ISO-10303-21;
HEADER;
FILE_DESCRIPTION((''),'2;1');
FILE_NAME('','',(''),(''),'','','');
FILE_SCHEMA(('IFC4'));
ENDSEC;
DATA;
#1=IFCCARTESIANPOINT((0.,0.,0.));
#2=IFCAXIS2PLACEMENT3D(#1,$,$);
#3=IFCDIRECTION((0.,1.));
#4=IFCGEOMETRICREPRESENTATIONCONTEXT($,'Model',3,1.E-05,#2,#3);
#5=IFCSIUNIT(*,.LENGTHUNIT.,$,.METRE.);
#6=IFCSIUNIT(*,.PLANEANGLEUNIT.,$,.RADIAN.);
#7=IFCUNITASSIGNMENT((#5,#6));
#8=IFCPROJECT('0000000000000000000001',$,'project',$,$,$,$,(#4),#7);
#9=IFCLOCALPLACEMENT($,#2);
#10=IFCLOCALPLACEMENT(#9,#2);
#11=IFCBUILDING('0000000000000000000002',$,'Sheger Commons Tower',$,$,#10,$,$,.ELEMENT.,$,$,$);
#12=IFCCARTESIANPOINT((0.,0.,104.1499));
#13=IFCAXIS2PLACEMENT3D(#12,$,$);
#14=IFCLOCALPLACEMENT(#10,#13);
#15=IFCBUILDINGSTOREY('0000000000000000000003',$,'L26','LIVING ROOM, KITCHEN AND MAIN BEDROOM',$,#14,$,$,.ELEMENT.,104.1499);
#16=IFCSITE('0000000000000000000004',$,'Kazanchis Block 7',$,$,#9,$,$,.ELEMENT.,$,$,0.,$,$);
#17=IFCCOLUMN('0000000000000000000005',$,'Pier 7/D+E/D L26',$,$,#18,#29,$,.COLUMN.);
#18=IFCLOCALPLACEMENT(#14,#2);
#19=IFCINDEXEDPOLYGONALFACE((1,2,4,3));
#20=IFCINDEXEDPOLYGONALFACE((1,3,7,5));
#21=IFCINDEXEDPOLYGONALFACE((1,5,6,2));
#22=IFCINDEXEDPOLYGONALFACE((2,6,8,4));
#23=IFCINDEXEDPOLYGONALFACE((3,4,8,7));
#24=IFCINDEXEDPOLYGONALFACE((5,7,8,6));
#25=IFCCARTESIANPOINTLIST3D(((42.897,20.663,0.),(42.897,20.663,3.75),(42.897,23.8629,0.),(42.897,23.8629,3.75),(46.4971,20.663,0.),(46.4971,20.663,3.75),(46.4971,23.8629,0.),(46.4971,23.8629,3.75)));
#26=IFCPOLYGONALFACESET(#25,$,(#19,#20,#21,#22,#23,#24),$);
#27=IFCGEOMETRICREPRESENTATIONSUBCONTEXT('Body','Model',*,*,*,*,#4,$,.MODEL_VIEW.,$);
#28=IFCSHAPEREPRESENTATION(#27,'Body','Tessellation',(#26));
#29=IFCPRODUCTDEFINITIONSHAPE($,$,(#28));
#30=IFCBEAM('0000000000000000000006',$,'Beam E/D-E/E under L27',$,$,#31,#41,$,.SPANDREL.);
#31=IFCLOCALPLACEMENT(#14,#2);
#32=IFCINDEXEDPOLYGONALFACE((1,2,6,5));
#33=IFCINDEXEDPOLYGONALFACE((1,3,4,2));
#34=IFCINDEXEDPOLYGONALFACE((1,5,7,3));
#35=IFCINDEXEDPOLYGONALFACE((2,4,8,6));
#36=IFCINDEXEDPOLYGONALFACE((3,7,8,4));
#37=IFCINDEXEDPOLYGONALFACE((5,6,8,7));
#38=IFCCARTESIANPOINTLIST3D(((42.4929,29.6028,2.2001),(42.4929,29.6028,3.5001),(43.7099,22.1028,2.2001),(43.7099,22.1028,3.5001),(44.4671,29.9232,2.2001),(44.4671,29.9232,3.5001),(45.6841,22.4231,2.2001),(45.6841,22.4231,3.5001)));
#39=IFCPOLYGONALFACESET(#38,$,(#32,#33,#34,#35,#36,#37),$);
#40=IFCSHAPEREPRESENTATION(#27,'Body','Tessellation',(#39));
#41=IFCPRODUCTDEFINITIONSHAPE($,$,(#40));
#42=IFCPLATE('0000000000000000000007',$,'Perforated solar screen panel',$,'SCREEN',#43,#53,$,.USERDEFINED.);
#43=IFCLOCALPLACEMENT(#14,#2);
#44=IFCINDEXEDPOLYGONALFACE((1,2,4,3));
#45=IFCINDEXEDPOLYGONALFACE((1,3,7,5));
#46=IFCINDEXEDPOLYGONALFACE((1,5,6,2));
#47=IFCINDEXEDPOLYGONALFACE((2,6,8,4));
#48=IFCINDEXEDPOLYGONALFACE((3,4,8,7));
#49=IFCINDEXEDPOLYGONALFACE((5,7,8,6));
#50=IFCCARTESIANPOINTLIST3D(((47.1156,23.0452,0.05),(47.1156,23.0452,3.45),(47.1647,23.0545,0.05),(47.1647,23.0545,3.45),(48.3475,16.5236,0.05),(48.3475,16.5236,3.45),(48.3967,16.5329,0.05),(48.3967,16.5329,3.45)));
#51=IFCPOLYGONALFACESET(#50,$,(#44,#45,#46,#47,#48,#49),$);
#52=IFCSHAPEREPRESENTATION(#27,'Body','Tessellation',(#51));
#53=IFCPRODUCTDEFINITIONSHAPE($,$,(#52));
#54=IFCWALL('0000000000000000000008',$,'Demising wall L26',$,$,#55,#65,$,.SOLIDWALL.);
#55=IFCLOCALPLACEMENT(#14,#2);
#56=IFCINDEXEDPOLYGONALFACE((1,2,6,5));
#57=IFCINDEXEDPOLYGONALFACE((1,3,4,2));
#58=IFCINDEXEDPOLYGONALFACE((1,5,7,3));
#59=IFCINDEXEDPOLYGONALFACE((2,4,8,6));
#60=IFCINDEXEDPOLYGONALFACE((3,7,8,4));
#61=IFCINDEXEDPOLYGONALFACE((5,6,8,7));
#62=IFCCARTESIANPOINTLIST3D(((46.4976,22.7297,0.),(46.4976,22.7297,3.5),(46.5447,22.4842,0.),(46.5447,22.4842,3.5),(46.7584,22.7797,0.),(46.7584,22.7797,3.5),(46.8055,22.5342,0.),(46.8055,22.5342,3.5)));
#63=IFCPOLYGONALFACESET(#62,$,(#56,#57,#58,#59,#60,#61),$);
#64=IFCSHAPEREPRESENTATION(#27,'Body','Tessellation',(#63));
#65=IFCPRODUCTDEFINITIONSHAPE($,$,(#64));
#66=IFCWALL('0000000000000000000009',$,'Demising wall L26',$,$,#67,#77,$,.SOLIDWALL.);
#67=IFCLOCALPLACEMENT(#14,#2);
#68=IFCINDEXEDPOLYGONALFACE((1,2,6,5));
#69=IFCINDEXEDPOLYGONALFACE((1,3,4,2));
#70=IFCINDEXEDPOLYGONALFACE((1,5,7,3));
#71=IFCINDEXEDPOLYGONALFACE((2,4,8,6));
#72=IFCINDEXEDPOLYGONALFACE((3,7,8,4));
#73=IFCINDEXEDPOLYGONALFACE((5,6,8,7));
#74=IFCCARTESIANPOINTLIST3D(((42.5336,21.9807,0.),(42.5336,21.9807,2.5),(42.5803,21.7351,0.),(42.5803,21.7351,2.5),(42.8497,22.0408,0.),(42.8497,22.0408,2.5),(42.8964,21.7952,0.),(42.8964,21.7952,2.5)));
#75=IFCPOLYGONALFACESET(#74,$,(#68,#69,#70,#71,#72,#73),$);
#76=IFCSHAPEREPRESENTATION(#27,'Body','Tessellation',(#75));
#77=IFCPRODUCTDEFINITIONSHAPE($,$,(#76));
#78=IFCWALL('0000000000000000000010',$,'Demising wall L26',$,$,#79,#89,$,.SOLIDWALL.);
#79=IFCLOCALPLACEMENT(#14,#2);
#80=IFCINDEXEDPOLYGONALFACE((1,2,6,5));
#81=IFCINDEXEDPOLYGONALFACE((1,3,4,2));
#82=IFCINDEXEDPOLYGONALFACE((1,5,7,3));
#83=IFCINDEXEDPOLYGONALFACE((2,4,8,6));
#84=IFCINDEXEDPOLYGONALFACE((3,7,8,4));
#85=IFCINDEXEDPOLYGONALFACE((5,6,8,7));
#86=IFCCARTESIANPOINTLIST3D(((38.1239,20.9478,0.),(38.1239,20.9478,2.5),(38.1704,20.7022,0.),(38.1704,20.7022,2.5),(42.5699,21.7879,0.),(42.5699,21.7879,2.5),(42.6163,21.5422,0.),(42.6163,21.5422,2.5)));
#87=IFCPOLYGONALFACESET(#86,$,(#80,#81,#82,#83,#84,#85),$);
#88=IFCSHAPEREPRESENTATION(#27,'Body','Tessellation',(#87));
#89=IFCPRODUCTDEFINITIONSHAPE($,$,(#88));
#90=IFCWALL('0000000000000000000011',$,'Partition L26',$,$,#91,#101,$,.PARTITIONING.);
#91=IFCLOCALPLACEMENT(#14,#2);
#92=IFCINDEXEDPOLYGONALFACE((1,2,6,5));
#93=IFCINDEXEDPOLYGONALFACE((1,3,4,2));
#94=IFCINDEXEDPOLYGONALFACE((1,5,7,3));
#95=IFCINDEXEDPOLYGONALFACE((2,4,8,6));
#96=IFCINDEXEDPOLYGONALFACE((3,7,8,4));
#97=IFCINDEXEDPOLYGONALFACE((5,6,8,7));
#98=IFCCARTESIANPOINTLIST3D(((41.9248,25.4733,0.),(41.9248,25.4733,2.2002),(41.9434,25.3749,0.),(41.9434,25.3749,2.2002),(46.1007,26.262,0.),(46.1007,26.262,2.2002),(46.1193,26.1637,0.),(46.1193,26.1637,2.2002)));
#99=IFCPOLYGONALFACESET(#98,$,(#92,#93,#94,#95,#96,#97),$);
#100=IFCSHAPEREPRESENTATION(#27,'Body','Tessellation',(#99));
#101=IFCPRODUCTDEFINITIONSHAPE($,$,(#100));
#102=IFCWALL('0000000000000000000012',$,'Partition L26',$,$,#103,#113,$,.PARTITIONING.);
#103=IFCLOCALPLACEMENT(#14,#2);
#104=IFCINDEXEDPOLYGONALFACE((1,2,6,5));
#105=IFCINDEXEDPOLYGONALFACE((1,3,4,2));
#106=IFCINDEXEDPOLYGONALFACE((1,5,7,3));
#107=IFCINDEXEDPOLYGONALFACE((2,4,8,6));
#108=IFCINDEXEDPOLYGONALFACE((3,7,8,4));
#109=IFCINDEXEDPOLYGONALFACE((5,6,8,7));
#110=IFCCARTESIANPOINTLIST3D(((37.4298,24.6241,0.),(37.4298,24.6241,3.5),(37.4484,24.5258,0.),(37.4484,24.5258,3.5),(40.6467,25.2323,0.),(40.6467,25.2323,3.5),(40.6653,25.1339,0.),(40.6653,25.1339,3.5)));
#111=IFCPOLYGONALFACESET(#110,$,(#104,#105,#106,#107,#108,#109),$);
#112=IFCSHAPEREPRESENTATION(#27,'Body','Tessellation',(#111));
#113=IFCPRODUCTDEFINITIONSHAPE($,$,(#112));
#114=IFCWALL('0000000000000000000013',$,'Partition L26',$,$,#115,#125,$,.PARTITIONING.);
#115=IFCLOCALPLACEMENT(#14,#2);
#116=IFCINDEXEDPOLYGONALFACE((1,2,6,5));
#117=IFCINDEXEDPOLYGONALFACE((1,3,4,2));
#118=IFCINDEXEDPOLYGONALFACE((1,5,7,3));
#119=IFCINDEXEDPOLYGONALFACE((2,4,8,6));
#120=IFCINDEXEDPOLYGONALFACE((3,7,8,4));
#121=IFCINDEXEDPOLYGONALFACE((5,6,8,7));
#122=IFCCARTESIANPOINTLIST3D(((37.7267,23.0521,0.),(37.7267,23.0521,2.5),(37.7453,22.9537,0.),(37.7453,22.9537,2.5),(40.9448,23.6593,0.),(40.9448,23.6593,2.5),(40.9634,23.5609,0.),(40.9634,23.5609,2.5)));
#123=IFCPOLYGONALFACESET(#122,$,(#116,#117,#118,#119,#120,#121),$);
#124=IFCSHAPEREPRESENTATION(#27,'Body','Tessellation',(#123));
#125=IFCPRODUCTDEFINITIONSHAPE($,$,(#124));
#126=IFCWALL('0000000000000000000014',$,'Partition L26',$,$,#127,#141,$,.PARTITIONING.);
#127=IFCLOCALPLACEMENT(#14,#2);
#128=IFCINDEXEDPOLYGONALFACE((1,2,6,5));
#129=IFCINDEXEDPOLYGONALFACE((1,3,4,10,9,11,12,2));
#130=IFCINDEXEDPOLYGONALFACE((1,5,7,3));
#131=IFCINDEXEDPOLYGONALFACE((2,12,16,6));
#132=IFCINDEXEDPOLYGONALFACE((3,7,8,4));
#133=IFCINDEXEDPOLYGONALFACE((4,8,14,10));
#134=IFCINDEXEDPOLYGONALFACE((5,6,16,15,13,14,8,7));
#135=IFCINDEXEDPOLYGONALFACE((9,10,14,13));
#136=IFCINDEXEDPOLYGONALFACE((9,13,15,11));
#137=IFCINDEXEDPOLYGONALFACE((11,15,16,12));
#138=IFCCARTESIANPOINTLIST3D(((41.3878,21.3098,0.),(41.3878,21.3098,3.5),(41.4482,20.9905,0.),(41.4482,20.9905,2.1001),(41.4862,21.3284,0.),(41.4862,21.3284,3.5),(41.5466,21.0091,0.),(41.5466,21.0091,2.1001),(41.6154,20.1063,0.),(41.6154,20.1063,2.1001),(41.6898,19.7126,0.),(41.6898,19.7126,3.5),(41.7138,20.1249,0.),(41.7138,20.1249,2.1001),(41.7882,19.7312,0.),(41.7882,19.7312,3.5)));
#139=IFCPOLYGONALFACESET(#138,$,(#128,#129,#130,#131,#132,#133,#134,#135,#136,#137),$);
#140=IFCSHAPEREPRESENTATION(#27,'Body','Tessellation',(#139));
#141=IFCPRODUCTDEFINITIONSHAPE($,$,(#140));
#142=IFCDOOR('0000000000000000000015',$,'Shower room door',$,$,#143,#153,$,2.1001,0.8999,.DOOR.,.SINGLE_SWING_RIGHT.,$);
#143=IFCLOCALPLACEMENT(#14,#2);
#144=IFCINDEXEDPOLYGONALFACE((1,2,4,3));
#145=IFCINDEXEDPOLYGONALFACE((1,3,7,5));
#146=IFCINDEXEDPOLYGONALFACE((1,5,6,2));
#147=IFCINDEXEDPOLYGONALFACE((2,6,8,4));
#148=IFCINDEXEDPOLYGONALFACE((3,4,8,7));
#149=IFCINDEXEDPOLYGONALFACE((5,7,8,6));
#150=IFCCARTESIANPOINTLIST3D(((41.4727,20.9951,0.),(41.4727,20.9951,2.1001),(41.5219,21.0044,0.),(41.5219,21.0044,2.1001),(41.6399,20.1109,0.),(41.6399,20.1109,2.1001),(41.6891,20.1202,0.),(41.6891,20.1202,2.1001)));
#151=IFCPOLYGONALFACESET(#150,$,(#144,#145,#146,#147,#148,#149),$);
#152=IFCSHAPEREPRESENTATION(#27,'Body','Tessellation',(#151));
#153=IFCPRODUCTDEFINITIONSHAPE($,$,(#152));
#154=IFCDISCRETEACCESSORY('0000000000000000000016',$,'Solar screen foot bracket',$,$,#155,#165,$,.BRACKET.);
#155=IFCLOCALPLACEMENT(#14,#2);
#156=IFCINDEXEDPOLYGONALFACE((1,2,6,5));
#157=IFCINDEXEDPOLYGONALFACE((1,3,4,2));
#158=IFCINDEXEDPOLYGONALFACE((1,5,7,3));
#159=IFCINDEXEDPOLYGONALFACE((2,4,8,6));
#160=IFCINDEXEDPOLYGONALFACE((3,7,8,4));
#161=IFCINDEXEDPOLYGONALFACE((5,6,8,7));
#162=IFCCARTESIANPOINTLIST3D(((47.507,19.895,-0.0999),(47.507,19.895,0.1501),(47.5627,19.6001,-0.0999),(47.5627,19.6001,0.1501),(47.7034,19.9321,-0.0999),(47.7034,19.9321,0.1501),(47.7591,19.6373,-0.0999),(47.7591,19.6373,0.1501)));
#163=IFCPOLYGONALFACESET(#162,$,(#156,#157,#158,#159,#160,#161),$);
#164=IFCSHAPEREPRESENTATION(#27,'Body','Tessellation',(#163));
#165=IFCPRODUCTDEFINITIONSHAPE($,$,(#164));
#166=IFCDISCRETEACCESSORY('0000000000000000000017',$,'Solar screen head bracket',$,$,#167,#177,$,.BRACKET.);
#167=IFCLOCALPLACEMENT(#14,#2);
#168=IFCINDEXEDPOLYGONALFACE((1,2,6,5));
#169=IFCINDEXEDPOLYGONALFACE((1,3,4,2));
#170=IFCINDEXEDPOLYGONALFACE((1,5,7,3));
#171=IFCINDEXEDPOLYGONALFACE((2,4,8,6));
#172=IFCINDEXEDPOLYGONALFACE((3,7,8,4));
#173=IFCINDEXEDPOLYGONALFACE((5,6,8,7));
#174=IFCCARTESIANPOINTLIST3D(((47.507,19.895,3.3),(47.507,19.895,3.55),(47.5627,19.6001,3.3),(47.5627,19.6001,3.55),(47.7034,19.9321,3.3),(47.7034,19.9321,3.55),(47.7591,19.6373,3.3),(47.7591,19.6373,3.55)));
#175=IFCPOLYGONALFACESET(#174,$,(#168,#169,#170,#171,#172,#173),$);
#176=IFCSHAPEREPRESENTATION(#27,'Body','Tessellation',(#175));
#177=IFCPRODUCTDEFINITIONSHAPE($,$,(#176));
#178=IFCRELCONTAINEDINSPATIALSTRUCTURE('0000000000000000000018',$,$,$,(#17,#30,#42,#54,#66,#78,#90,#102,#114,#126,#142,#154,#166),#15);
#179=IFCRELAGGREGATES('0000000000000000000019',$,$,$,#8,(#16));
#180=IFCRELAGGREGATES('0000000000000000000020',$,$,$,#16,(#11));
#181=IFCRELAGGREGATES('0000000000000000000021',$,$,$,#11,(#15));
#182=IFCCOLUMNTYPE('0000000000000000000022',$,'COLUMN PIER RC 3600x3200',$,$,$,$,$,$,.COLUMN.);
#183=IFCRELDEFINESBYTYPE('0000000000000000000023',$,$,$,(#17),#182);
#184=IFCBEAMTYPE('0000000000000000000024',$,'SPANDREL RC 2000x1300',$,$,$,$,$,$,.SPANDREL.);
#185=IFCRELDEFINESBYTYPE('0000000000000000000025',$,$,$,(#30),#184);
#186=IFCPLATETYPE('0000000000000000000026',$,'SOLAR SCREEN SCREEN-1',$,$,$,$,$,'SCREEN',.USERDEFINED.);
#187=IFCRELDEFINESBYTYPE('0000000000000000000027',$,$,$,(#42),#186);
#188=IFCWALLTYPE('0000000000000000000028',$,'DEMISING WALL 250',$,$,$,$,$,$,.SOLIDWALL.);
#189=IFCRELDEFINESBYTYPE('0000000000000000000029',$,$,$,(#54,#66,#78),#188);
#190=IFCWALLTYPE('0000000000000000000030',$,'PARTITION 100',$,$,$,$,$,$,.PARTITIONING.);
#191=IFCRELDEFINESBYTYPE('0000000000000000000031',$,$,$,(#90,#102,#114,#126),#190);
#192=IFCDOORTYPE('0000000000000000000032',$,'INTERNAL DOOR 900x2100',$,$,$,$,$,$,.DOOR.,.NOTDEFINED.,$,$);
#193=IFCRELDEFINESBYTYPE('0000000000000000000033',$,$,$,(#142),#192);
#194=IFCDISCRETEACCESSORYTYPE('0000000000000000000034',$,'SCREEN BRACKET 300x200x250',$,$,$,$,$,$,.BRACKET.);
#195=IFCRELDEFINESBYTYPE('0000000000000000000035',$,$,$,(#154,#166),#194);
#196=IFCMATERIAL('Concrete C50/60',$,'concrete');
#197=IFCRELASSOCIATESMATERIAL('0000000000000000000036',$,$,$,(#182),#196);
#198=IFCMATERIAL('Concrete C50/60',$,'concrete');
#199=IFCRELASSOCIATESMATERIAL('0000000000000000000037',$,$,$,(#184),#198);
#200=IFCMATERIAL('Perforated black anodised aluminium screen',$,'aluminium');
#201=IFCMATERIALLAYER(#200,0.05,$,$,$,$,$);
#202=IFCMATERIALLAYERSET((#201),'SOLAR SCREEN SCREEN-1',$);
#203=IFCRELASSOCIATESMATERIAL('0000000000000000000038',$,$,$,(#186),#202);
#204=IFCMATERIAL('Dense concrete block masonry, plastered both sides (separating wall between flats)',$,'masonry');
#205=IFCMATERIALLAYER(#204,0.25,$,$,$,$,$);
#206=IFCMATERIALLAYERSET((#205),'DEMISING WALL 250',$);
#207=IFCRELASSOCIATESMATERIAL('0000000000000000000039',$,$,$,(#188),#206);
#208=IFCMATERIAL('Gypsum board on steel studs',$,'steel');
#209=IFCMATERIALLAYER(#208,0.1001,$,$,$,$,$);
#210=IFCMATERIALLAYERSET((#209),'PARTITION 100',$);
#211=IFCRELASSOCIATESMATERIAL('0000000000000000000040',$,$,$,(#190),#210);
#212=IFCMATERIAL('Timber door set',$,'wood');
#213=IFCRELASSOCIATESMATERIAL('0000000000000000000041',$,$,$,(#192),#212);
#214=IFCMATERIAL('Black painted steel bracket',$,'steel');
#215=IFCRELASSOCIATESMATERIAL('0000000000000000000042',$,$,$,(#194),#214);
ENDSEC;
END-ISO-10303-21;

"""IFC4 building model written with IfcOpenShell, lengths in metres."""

from ifc_helpers import new_model, si_unit, direction, frame, frame_2d, origin, origin_2d, place, context, subcontext, project, spatial, rectangle, extrude, material, layer, layer_set, material_profile, profile_set, type_object, element, fill, save


model = new_model("IFC4")

# Units and contexts
model_context = context("Model", 3, precision=1e-05, world=origin(), true_north=direction((0.0, 1.0)))
body_context = subcontext(model_context, "Body", "Model", "MODEL_VIEW")
ifc_project = project(units=[si_unit("LENGTHUNIT", "METRE"), si_unit("PLANEANGLEUNIT", "RADIAN")], contexts=[model_context])

# Site, building, storey
site_placement = place(None, origin())
site = spatial("IfcSite", under=ifc_project, at=site_placement, Name="Kazanchis Block 7", CompositionType="ELEMENT", RefElevation=0.0)
building_placement = place(site_placement, origin())
building = spatial("IfcBuilding", under=site, at=building_placement, Name="Sheger Commons Tower", CompositionType="ELEMENT")
storey_placement = place(building_placement, frame((0.0, 0.0, 104.1499)))
storey = spatial("IfcBuildingStorey", under=building, at=storey_placement, Name="L26", Description="LIVING ROOM, KITCHEN AND MAIN BEDROOM", CompositionType="ELEMENT", Elevation=104.1499)

# Column
ifc_material_1 = material(Name="Concrete C50/60", Category="concrete")
ifc_material_profile_1 = material_profile(ifc_material_1, rectangle(XDim=3.6001, YDim=3.2, at=origin_2d()), Name="RC 3600x3200")
ifc_profile_set_1 = profile_set([ifc_material_profile_1], Name="Concrete C50/60")
column_type = type_object("IfcColumnType", Name="COLUMN PIER RC 3600x3200", PredefinedType="COLUMN", material=ifc_profile_set_1)
column_placement = place(storey_placement, frame((44.697, 22.2629, 0.0), z_axis=(0.0, 0.0, 1.0), x_axis=(1.0, 0.0, 0.0)))
element("IfcColumn", 1, at=column_placement, inside=storey, type_object=column_type, Name="Pier 7/D+E/D L26", PredefinedType="COLUMN", context=body_context, shape_type="SweptSolid", body=[
    extrude(rectangle(XDim=3.6001, YDim=3.2, at=origin_2d()), origin(), (0.0, 0.0, 1.0), 3.75),
])

# Beam
ifc_material_2 = material(Name="Concrete C50/60", Category="concrete")
ifc_material_profile_2 = material_profile(ifc_material_2, rectangle(XDim=2.0, YDim=1.3, at=origin_2d()), Name="RC 2000x1300")
ifc_profile_set_2 = profile_set([ifc_material_profile_2], Name="Concrete C50/60")
beam_type = type_object("IfcBeamType", Name="SPANDREL RC 2000x1300", PredefinedType="SPANDREL", material=ifc_profile_set_2)
beam_placement = place(storey_placement, frame((44.697, 22.2629, 2.8501), z_axis=(-0.160177, 0.987088, 0.0), x_axis=(-0.987088, -0.160177, 0.0)))
element("IfcBeam", 2, at=beam_placement, inside=storey, type_object=beam_type, Name="Beam E/D-E/E under L27", PredefinedType="SPANDREL", context=body_context, shape_type="SweptSolid", body=[
    extrude(rectangle(XDim=2.0, YDim=1.3, at=origin_2d()), origin(), (0.0, 0.0, 1.0), 7.5981),
])

# Plate
ifc_material_3 = material(Name="Perforated black anodised aluminium screen", Category="aluminium")
ifc_layer_1 = layer(ifc_material_3, 0.05)
ifc_layer_set_1 = layer_set([ifc_layer_1], Name="SOLAR SCREEN SCREEN-1")
plate_type = type_object("IfcPlateType", Name="SOLAR SCREEN SCREEN-1", ElementType="SCREEN", PredefinedType="USERDEFINED", material=ifc_layer_set_1)
plate_placement = place(storey_placement, frame((47.7561, 19.7891, 0.05), z_axis=(0.0, 0.0, 1.0), x_axis=(-0.185615, 0.982623, 0.0)))
element("IfcPlate", 3, at=plate_placement, inside=storey, type_object=plate_type, Name="Perforated solar screen panel", ObjectType="SCREEN", PredefinedType="USERDEFINED", context=body_context, shape_type="SweptSolid", body=[
    extrude(rectangle(XDim=6.637, YDim=0.05, at=origin_2d()), origin(), (0.0, 0.0, 1.0), 3.3999),
])

# Walls
ifc_material_4 = material(Name="Dense concrete block masonry, plastered both sides (separating wall between flats)", Category="masonry")
ifc_layer_2 = layer(ifc_material_4, 0.25)
ifc_layer_set_2 = layer_set([ifc_layer_2], Name="DEMISING WALL 250")
wall_type_1 = type_object("IfcWallType", Name="DEMISING WALL 250", PredefinedType="SOLIDWALL", material=ifc_layer_set_2)
wall_1_placement = place(storey_placement, frame((46.782, 22.657, 0.0), z_axis=(0.0, 0.0, 1.0), x_axis=(-0.982105, -0.188336, 0.0)))
element("IfcWall", 4, at=wall_1_placement, inside=storey, type_object=wall_type_1, Name="Demising wall L26", PredefinedType="SOLIDWALL", context=body_context, shape_type="SweptSolid", body=[
    extrude(rectangle(XDim=0.2656, YDim=0.25, at=frame_2d((0.1328, 0.0))), origin(), (0.0, 0.0, 1.0), 3.5),
])
wall_2_placement = place(storey_placement, frame((42.873, 21.918, 0.0), z_axis=(0.0, 0.0, 1.0), x_axis=(-0.982431, -0.186624, 0.0)))
element("IfcWall", 5, at=wall_2_placement, inside=storey, type_object=wall_type_1, Name="Demising wall L26", PredefinedType="SOLIDWALL", context=body_context, shape_type="SweptSolid", body=[
    extrude(rectangle(XDim=0.3218, YDim=0.25, at=frame_2d((0.1609, 0.0))), origin(), (0.0, 0.0, 1.0), 2.5),
])
wall_3_placement = place(storey_placement, frame((42.593, 21.665, 0.0), z_axis=(0.0, 0.0, 1.0), x_axis=(-0.982613, -0.185666, 0.0)))
element("IfcWall", 6, at=wall_3_placement, inside=storey, type_object=wall_type_1, Name="Demising wall L26", PredefinedType="SOLIDWALL", context=body_context, shape_type="SweptSolid", body=[
    extrude(rectangle(XDim=4.5247, YDim=0.25, at=frame_2d((2.2622, 0.0))), origin(), (0.0, 0.0, 1.0), 2.5),
])
ifc_material_5 = material(Name="Gypsum board on steel studs", Category="steel")
ifc_layer_3 = layer(ifc_material_5, 0.1001)
ifc_layer_set_3 = layer_set([ifc_layer_3], Name="PARTITION 100")
wall_type_2 = type_object("IfcWallType", Name="PARTITION 100", PredefinedType="PARTITIONING", material=ifc_layer_set_3)
wall_4_placement = place(storey_placement, frame((46.1101, 26.2129, 0.0), z_axis=(0.0, 0.0, 1.0), x_axis=(-0.982624, -0.18561, 0.0)))
element("IfcWall", 7, at=wall_4_placement, inside=storey, type_object=wall_type_2, Name="Partition L26", PredefinedType="PARTITIONING", context=body_context, shape_type="SweptSolid", body=[
    extrude(rectangle(XDim=4.2498, YDim=0.1001, at=frame_2d((2.125, 0.0))), origin(), (0.0, 0.0, 1.0), 2.2002),
])
wall_5_placement = place(storey_placement, frame((40.656, 25.1831, 0.0), z_axis=(0.0, 0.0, 1.0), x_axis=(-0.982597, -0.185752, 0.0)))
element("IfcWall", 8, at=wall_5_placement, inside=storey, type_object=wall_type_2, Name="Partition L26", PredefinedType="PARTITIONING", context=body_context, shape_type="SweptSolid", body=[
    extrude(rectangle(XDim=3.2739, YDim=0.1001, at=frame_2d((1.637, 0.0))), origin(), (0.0, 0.0, 1.0), 3.5),
])
wall_6_placement = place(storey_placement, frame((40.9541, 23.6101, 0.0), z_axis=(0.0, 0.0, 1.0), x_axis=(-0.982661, -0.185409, 0.0)))
element("IfcWall", 9, at=wall_6_placement, inside=storey, type_object=wall_type_2, Name="Partition L26", PredefinedType="PARTITIONING", context=body_context, shape_type="SweptSolid", body=[
    extrude(rectangle(XDim=3.2749, YDim=0.1001, at=frame_2d((1.6375, 0.0))), origin(), (0.0, 0.0, 1.0), 2.5),
])

# Wall, opening, door
wall_7_placement = place(storey_placement, frame((41.437, 21.3191, 0.0), z_axis=(0.0, 0.0, 1.0), x_axis=(0.185794, -0.982589, 0.0)))
wall_7 = element("IfcWall", 10, at=wall_7_placement, inside=storey, type_object=wall_type_2, Name="Partition L26", PredefinedType="PARTITIONING", context=body_context, shape_type="SweptSolid", body=[
    extrude(rectangle(XDim=1.6255, YDim=0.1001, at=frame_2d((0.8127, 0.0))), origin(), (0.0, 0.0, 1.0), 3.5),
])
opening_placement = place(wall_7_placement, frame((0.325, 0.0, 0.0)))
opening = element("IfcOpeningElement", 11, at=opening_placement, cuts=wall_7, PredefinedType="OPENING", context=body_context, shape_type="SweptSolid", body=[
    extrude(rectangle(XDim=0.8999, YDim=2.1001, at=frame_2d((0.45, 1.05))), frame((0.0, 0.0601, 0.0), z_axis=(0.0, -1.0, 0.0), x_axis=(1.0, 0.0, 0.0)), (0.0, 0.0, 1.0), 0.1201),
])
ifc_material_6 = material(Name="Timber door set", Category="wood")
door_type = type_object("IfcDoorType", Name="INTERNAL DOOR 900x2100", OperationType="NOTDEFINED", PredefinedType="DOOR", material=ifc_material_6)
door_placement = place(opening_placement, origin())
door = element("IfcDoor", 12, at=door_placement, inside=storey, type_object=door_type, Name="Shower room door", OperationType="SINGLE_SWING_RIGHT", OverallHeight=2.1001, OverallWidth=0.8999, PredefinedType="DOOR", context=body_context, shape_type="SweptSolid", body=[
    extrude(rectangle(XDim=0.8999, YDim=2.1001, at=frame_2d((0.45, 1.05))), frame((0.0, 0.0249, 0.0), z_axis=(0.0, -1.0, 0.0), x_axis=(1.0, 0.0, 0.0)), (0.0, 0.0, 1.0), 0.05),
])
fill(opening, door)

# Discrete accessories
ifc_material_7 = material(Name="Black painted steel bracket", Category="steel")
discrete_accessory_type = type_object("IfcDiscreteAccessoryType", Name="SCREEN BRACKET 300x200x250", PredefinedType="BRACKET", material=ifc_material_7)
for number, where, z_axis, x_axis, name in (
    (13, (47.6331, 19.7661, -0.0999), (0.0, 0.0, 1.0), (-0.185615, 0.982623, 0.0), "Solar screen foot bracket"),
    (14, (47.6331, 19.7661, 3.3), (0.0, 0.0, 1.0), (-0.185615, 0.982623, 0.0), "Solar screen head bracket"),
):
    element("IfcDiscreteAccessory", number, at=place(storey_placement, frame(where, z_axis=z_axis, x_axis=x_axis)), inside=storey, type_object=discrete_accessory_type, Name=name, PredefinedType="BRACKET", context=body_context, shape_type="SweptSolid", body=[
        extrude(rectangle(XDim=0.3, YDim=0.2, at=origin_2d()), origin(), (0.0, 0.0, 1.0), 0.25),
    ])

save(model, "model.ifc")
